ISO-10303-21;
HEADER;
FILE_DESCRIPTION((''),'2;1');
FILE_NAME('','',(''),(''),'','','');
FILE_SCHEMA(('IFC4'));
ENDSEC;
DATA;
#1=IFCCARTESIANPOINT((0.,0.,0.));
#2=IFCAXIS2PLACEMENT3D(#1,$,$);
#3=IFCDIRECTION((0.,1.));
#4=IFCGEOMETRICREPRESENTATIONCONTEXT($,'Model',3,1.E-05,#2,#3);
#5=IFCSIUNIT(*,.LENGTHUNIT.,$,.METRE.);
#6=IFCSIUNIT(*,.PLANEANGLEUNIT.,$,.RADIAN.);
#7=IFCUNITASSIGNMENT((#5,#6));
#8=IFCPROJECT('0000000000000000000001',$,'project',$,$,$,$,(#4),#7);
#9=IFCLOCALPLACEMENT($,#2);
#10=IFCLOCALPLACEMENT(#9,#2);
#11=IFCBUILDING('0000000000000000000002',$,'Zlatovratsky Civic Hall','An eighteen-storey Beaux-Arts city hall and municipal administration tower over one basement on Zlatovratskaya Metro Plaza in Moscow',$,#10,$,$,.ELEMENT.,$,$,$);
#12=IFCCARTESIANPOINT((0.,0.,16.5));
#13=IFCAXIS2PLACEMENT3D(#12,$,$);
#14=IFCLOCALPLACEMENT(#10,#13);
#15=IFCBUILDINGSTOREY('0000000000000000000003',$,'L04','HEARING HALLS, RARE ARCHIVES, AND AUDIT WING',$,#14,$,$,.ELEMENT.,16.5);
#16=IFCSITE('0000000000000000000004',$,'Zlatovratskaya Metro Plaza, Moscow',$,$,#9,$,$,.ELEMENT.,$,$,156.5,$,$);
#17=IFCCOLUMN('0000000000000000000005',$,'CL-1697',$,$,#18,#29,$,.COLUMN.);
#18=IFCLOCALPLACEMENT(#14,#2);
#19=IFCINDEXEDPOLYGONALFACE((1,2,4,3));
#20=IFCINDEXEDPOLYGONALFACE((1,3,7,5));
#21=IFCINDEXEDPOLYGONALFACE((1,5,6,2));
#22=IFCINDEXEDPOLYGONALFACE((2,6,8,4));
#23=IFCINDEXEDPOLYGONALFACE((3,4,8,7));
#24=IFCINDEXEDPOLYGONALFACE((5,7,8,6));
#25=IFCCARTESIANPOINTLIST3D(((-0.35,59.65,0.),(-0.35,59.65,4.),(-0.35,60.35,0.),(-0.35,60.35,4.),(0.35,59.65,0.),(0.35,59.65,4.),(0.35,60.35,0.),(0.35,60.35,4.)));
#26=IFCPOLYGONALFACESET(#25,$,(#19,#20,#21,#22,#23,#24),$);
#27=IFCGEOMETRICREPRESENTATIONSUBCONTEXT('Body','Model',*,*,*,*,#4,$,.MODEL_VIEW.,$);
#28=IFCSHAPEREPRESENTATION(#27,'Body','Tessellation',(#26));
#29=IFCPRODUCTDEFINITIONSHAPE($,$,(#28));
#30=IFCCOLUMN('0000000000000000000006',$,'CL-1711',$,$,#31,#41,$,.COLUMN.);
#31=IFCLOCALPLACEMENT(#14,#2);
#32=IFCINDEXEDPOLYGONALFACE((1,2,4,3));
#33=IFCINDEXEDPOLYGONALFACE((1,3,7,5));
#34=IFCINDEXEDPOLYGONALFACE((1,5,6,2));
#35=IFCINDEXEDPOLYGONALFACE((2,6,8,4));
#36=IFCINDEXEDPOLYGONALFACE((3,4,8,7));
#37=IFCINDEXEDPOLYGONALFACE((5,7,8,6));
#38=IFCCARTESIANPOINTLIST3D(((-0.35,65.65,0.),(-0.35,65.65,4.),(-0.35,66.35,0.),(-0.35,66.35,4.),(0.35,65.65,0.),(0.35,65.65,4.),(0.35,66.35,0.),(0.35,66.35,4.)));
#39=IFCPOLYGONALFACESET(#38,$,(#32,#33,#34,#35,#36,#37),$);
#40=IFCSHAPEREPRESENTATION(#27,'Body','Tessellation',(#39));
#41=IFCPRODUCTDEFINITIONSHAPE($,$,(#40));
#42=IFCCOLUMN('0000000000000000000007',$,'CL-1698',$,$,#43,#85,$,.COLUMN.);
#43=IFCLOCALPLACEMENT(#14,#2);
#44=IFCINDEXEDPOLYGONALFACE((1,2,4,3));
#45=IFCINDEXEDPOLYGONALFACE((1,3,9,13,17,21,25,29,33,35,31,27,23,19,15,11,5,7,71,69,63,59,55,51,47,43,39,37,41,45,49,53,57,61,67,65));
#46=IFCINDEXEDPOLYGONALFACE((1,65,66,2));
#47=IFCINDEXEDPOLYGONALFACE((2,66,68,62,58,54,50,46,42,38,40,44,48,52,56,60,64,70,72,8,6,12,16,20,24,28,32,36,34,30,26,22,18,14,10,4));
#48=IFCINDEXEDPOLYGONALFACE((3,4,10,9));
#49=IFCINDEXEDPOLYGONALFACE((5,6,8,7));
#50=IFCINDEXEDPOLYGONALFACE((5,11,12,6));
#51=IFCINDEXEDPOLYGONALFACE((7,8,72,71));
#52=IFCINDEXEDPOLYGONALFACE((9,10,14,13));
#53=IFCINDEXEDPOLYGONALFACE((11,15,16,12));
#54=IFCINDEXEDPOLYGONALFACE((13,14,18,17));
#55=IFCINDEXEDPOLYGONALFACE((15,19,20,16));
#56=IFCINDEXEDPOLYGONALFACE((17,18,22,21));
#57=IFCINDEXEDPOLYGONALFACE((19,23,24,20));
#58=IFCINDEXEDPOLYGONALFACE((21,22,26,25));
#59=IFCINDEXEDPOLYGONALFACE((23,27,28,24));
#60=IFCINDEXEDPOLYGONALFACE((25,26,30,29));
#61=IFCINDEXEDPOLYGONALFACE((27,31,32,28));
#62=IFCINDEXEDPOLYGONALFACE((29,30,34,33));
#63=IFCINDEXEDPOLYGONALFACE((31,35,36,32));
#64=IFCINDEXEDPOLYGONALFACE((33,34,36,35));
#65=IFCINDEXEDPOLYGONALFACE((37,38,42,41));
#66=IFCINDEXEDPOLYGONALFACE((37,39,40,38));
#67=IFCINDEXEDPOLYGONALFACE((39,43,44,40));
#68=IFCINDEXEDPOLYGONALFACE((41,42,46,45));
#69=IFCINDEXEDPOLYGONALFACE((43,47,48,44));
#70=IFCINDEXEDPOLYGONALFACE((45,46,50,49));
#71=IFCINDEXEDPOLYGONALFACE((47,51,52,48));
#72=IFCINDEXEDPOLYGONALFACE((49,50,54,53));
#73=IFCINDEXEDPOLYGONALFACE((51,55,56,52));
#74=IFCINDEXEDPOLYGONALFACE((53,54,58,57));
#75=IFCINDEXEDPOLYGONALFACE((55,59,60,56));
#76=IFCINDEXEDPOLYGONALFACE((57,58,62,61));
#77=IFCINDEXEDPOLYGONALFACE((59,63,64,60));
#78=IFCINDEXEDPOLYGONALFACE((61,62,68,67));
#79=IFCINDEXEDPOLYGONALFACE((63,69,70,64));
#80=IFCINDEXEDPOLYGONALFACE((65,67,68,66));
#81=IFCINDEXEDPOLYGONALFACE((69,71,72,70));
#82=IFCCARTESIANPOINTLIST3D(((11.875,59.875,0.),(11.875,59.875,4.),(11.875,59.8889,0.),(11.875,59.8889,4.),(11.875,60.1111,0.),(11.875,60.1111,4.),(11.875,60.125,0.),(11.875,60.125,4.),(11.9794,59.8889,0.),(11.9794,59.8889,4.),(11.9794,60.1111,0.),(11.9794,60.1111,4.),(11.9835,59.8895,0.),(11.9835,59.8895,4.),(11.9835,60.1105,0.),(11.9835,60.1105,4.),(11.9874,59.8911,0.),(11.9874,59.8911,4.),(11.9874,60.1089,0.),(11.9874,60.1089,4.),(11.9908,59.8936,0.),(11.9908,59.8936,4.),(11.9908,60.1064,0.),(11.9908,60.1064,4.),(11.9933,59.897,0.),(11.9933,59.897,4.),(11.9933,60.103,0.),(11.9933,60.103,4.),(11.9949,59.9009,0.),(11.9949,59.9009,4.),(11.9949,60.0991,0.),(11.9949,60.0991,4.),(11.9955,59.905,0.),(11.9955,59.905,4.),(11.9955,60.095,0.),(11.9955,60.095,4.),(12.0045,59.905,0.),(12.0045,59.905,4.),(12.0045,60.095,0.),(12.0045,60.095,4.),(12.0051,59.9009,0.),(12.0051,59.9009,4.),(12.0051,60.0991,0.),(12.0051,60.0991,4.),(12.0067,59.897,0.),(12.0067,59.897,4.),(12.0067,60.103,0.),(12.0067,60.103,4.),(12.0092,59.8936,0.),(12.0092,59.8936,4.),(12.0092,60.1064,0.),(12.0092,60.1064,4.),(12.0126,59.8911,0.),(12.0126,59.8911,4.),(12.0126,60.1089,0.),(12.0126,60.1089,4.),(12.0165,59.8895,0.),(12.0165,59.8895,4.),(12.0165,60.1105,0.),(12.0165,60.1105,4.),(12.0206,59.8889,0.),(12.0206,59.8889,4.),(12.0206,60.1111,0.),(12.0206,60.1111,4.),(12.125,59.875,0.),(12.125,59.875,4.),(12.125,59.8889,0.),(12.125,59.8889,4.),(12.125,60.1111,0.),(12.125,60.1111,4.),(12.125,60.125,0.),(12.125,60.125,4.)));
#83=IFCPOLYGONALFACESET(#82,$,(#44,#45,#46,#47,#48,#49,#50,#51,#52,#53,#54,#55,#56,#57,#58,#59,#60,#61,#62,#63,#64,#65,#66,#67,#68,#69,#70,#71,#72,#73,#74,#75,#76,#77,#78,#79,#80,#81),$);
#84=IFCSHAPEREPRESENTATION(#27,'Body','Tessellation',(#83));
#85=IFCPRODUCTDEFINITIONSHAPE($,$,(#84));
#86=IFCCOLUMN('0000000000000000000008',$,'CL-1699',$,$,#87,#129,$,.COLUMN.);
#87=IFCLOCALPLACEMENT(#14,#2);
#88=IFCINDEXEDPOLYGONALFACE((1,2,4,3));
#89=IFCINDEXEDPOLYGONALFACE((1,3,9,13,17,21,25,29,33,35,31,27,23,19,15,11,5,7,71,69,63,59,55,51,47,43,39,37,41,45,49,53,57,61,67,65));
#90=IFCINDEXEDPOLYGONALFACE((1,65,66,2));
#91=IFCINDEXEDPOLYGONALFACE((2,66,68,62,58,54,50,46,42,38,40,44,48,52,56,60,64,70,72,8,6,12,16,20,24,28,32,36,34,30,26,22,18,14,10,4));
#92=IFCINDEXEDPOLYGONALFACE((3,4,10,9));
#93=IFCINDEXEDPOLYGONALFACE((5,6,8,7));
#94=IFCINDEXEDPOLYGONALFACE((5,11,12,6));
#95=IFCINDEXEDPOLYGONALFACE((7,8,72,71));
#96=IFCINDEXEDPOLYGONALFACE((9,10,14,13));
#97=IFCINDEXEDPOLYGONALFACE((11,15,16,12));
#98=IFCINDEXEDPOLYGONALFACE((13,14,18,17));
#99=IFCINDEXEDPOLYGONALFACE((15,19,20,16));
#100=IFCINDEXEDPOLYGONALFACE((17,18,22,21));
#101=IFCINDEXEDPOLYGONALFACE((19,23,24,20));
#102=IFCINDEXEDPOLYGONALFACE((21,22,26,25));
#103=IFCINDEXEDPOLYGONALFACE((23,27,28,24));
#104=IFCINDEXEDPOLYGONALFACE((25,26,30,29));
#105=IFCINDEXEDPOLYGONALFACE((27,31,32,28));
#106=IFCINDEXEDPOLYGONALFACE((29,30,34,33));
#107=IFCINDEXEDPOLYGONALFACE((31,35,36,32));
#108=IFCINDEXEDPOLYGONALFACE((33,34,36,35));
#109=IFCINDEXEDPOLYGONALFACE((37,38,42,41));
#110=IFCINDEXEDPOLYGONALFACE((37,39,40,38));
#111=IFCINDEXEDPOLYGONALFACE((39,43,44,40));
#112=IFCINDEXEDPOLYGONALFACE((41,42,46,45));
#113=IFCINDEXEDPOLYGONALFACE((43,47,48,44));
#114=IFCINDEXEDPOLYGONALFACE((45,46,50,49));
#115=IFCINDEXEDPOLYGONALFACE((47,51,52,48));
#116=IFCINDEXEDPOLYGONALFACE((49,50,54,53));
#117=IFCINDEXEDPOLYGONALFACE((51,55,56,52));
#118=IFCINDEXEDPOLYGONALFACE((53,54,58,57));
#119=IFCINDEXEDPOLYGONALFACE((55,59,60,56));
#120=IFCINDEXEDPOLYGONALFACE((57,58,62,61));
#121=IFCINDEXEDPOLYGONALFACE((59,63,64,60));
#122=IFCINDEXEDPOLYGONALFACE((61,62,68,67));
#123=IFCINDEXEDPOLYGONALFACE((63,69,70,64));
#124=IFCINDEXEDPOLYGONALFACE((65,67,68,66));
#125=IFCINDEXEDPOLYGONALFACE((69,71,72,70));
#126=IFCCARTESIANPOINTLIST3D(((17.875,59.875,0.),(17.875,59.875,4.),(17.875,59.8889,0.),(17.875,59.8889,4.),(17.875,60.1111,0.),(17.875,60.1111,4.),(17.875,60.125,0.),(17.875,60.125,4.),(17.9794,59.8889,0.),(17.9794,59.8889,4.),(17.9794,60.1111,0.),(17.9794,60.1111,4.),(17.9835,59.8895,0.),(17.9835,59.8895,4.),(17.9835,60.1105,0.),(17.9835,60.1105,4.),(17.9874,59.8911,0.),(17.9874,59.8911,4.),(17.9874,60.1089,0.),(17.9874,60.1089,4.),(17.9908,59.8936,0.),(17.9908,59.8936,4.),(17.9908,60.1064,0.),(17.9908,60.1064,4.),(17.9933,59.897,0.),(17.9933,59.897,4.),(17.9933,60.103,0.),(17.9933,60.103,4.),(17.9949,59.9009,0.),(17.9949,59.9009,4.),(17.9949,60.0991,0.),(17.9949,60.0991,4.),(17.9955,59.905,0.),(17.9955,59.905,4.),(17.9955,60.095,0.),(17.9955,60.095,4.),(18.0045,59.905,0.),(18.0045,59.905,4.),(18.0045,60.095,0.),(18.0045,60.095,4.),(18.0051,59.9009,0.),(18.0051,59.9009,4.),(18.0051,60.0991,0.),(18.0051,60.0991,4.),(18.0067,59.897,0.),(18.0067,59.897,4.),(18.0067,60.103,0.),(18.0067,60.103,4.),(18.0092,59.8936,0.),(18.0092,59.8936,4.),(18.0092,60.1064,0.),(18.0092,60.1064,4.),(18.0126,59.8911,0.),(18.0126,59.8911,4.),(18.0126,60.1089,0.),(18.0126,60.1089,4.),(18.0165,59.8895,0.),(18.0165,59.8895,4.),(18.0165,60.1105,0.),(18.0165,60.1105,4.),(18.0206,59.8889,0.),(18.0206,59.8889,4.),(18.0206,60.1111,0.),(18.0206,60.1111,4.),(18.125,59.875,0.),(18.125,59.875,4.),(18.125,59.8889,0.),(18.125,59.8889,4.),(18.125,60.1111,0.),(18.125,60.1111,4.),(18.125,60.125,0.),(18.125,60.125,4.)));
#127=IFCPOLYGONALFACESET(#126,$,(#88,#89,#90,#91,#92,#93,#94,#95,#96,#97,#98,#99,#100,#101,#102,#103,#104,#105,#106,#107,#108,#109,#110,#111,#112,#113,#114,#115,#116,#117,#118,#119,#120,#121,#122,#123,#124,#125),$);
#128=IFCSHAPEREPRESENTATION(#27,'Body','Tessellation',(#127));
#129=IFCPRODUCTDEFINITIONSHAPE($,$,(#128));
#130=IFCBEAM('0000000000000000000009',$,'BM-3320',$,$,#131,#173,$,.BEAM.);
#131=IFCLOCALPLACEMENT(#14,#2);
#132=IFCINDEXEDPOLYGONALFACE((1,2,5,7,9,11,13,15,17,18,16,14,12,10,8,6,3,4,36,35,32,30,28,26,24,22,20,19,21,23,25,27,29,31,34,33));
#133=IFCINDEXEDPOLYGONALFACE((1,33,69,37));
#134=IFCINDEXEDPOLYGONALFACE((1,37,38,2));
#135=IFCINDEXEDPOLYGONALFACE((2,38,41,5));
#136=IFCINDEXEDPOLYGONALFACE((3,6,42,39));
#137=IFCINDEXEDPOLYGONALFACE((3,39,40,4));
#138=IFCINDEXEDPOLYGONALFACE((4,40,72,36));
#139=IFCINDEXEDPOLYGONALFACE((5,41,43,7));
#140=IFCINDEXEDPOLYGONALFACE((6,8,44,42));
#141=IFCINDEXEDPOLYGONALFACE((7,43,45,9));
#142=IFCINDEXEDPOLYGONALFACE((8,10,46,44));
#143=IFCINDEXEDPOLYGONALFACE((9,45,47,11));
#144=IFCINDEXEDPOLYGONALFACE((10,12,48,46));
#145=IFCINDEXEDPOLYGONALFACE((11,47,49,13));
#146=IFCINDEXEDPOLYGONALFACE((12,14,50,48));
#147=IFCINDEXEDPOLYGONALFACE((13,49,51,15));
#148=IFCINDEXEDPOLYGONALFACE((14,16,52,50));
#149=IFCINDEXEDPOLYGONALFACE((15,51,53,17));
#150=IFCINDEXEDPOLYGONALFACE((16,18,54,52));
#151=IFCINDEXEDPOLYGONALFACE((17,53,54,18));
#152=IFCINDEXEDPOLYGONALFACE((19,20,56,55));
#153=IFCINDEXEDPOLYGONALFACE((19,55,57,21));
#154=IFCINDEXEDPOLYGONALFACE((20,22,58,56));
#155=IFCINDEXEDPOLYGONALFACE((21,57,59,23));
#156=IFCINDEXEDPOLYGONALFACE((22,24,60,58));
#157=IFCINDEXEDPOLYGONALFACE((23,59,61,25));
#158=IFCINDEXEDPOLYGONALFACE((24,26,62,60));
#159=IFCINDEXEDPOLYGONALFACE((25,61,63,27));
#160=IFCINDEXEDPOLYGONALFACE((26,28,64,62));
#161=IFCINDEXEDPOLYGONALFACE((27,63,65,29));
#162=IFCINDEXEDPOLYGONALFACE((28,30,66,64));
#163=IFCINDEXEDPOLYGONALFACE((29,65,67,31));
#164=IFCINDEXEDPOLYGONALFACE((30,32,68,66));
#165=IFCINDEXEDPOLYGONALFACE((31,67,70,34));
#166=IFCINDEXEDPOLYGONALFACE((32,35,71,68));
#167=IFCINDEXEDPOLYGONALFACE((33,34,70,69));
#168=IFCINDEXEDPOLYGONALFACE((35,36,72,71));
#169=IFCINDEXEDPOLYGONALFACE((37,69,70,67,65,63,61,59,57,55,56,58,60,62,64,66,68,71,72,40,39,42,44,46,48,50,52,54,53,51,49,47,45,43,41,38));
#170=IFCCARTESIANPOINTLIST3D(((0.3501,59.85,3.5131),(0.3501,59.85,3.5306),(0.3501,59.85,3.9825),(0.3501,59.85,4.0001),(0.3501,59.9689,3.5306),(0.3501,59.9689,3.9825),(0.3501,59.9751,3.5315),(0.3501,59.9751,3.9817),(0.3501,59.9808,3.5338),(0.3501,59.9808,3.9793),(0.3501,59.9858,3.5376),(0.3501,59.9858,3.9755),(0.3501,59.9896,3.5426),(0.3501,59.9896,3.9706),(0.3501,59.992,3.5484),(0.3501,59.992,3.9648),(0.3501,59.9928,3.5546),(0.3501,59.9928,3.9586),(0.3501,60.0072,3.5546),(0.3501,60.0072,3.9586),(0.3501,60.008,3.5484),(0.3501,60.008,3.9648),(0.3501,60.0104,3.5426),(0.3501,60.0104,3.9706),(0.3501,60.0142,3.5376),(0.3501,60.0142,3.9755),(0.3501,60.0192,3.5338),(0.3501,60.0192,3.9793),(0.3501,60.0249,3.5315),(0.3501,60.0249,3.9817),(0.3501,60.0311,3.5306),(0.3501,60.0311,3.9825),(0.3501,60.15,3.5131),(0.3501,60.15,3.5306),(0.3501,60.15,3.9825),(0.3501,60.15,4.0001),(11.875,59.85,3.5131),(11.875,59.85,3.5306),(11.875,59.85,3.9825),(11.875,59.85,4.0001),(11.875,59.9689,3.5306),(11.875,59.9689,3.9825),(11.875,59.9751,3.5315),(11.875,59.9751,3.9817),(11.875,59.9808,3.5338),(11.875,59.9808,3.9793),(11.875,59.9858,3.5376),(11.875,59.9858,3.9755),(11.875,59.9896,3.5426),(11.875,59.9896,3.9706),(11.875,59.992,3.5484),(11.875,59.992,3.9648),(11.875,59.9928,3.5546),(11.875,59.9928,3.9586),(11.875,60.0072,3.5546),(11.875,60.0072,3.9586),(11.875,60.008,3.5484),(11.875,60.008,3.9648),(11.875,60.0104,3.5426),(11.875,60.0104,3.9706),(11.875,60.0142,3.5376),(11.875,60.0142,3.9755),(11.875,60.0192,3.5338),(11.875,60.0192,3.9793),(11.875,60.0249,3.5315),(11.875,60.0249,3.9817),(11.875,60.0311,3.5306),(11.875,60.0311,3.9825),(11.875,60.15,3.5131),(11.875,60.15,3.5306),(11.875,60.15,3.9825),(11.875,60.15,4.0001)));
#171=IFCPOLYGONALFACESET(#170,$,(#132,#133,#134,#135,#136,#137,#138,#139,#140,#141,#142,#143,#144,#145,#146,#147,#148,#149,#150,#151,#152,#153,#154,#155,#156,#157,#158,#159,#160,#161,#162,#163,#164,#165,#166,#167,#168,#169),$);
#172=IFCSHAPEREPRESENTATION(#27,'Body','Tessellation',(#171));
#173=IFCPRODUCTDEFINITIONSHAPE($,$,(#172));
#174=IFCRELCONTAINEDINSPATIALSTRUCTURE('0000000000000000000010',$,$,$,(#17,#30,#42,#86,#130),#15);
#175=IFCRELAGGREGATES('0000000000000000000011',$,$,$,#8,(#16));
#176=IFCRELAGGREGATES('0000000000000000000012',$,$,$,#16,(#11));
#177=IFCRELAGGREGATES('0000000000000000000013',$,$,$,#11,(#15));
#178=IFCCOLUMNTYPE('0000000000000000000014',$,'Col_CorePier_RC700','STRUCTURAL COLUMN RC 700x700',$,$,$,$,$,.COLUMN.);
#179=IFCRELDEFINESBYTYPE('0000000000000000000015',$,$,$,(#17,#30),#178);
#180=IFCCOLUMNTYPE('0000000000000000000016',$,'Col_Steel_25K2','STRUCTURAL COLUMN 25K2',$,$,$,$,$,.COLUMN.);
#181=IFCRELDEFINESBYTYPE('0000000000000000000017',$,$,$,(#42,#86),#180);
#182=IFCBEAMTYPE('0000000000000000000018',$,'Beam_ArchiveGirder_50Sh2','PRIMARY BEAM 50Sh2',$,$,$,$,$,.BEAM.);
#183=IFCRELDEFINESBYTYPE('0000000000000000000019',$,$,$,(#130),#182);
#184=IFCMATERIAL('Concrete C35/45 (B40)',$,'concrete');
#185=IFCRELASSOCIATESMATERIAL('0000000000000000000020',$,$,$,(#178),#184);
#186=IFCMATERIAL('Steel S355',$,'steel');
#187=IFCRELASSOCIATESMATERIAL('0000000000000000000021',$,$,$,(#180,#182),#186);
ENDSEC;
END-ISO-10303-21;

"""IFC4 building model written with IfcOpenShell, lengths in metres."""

from ifc_helpers import new_model, si_unit, direction, frame, origin, origin_2d, place, context, subcontext, project, spatial, rectangle, i_section, extrude, material, material_profile, profile_set, type_object, element, save


model = new_model("IFC4")

# Units and contexts
model_context = context("Model", 3, precision=1e-05, world=origin(), true_north=direction((0.0, 1.0)))
body_context = subcontext(model_context, "Body", "Model", "MODEL_VIEW")
ifc_project = project(units=[si_unit("LENGTHUNIT", "METRE"), si_unit("PLANEANGLEUNIT", "RADIAN")], contexts=[model_context])

# Site, building, storey
site_placement = place(None, origin())
site = spatial("IfcSite", under=ifc_project, at=site_placement, Name="Zlatovratskaya Metro Plaza, Moscow", CompositionType="ELEMENT", RefElevation=156.5)
building_placement = place(site_placement, origin())
building = spatial("IfcBuilding", under=site, at=building_placement, Name="Zlatovratsky Civic Hall", Description="An eighteen-storey Beaux-Arts city hall and municipal administration tower over one basement on Zlatovratskaya Metro Plaza in Moscow", CompositionType="ELEMENT")
storey_placement = place(building_placement, frame((0.0, 0.0, 16.5)))
storey = spatial("IfcBuildingStorey", under=building, at=storey_placement, Name="L04", Description="HEARING HALLS, RARE ARCHIVES, AND AUDIT WING", CompositionType="ELEMENT", Elevation=16.5)

# Columns
ifc_material_1 = material(Name="Concrete C35/45 (B40)", Category="concrete")
ifc_material_profile_1 = material_profile(ifc_material_1, rectangle(XDim=0.7, YDim=0.7, at=origin_2d()), Name="RC 700x700")
ifc_profile_set_1 = profile_set([ifc_material_profile_1], Name="Concrete C35/45 (B40)")
column_type_1 = type_object("IfcColumnType", Name="Col_CorePier_RC700", Description="STRUCTURAL COLUMN RC 700x700", PredefinedType="COLUMN", material=ifc_profile_set_1)
for number, where, z_axis, x_axis, name in (
    (1, (0.0, 60.0, 0.0), (0.0, 0.0, 1.0), (1.0, 0.0, 0.0), "CL-1697"),
    (2, (0.0, 66.0, 0.0), (0.0, 0.0, 1.0), (1.0, 0.0, 0.0), "CL-1711"),
):
    element("IfcColumn", number, at=place(storey_placement, frame(where, z_axis=z_axis, x_axis=x_axis)), inside=storey, type_object=column_type_1, Name=name, PredefinedType="COLUMN", context=body_context, shape_type="SweptSolid", body=[
        extrude(rectangle(XDim=0.7, YDim=0.7, at=origin_2d()), origin(), (0.0, 0.0, 1.0), 4.0),
    ])
ifc_material_2 = material(Name="Steel S355", Category="steel")
ifc_material_profile_2 = material_profile(ifc_material_2, i_section(OverallWidth=0.25, OverallDepth=0.25, WebThickness=0.009, FlangeThickness=0.0139, FilletRadius=0.0161, at=origin_2d()), Name="25K2")
ifc_profile_set_2 = profile_set([ifc_material_profile_2], Name="Steel S355")
column_type_2 = type_object("IfcColumnType", Name="Col_Steel_25K2", Description="STRUCTURAL COLUMN 25K2", PredefinedType="COLUMN", material=ifc_profile_set_2)
for number, where, z_axis, x_axis, name in (
    (3, (12.0, 60.0, 0.0), (0.0, 0.0, 1.0), (1.0, 0.0, 0.0), "CL-1698"),
    (4, (18.0, 60.0, 0.0), (0.0, 0.0, 1.0), (1.0, 0.0, 0.0), "CL-1699"),
):
    element("IfcColumn", number, at=place(storey_placement, frame(where, z_axis=z_axis, x_axis=x_axis)), inside=storey, type_object=column_type_2, Name=name, PredefinedType="COLUMN", context=body_context, shape_type="SweptSolid", body=[
        extrude(i_section(OverallWidth=0.25, OverallDepth=0.25, WebThickness=0.009, FlangeThickness=0.0139, FilletRadius=0.0161, at=origin_2d()), origin(), (0.0, 0.0, 1.0), 4.0),
    ])

# Beam
ifc_material_profile_3 = material_profile(ifc_material_2, i_section(OverallWidth=0.3, OverallDepth=0.4871, WebThickness=0.0144, FlangeThickness=0.0176, FilletRadius=0.0239, at=origin_2d()), Name="50Sh2")
ifc_profile_set_3 = profile_set([ifc_material_profile_3], Name="Steel S355")
beam_type_1 = type_object("IfcBeamType", Name="Beam_ArchiveGirder_50Sh2", Description="PRIMARY BEAM 50Sh2", PredefinedType="BEAM", material=ifc_profile_set_3)
beam_1_placement = place(storey_placement, frame((0.3501, 60.0, 3.7566), z_axis=(1.0, 0.0, 0.0), x_axis=(0.0, 1.0, 0.0)))
element("IfcBeam", 5, at=beam_1_placement, inside=storey, type_object=beam_type_1, Name="BM-3320", PredefinedType="BEAM", context=body_context, shape_type="SweptSolid", body=[
    extrude(i_section(OverallWidth=0.3, OverallDepth=0.4871, WebThickness=0.0144, FlangeThickness=0.0176, FilletRadius=0.0239, at=origin_2d()), origin(), (0.0, 0.0, 1.0), 11.5249),
])

save(model, "model.ifc")
